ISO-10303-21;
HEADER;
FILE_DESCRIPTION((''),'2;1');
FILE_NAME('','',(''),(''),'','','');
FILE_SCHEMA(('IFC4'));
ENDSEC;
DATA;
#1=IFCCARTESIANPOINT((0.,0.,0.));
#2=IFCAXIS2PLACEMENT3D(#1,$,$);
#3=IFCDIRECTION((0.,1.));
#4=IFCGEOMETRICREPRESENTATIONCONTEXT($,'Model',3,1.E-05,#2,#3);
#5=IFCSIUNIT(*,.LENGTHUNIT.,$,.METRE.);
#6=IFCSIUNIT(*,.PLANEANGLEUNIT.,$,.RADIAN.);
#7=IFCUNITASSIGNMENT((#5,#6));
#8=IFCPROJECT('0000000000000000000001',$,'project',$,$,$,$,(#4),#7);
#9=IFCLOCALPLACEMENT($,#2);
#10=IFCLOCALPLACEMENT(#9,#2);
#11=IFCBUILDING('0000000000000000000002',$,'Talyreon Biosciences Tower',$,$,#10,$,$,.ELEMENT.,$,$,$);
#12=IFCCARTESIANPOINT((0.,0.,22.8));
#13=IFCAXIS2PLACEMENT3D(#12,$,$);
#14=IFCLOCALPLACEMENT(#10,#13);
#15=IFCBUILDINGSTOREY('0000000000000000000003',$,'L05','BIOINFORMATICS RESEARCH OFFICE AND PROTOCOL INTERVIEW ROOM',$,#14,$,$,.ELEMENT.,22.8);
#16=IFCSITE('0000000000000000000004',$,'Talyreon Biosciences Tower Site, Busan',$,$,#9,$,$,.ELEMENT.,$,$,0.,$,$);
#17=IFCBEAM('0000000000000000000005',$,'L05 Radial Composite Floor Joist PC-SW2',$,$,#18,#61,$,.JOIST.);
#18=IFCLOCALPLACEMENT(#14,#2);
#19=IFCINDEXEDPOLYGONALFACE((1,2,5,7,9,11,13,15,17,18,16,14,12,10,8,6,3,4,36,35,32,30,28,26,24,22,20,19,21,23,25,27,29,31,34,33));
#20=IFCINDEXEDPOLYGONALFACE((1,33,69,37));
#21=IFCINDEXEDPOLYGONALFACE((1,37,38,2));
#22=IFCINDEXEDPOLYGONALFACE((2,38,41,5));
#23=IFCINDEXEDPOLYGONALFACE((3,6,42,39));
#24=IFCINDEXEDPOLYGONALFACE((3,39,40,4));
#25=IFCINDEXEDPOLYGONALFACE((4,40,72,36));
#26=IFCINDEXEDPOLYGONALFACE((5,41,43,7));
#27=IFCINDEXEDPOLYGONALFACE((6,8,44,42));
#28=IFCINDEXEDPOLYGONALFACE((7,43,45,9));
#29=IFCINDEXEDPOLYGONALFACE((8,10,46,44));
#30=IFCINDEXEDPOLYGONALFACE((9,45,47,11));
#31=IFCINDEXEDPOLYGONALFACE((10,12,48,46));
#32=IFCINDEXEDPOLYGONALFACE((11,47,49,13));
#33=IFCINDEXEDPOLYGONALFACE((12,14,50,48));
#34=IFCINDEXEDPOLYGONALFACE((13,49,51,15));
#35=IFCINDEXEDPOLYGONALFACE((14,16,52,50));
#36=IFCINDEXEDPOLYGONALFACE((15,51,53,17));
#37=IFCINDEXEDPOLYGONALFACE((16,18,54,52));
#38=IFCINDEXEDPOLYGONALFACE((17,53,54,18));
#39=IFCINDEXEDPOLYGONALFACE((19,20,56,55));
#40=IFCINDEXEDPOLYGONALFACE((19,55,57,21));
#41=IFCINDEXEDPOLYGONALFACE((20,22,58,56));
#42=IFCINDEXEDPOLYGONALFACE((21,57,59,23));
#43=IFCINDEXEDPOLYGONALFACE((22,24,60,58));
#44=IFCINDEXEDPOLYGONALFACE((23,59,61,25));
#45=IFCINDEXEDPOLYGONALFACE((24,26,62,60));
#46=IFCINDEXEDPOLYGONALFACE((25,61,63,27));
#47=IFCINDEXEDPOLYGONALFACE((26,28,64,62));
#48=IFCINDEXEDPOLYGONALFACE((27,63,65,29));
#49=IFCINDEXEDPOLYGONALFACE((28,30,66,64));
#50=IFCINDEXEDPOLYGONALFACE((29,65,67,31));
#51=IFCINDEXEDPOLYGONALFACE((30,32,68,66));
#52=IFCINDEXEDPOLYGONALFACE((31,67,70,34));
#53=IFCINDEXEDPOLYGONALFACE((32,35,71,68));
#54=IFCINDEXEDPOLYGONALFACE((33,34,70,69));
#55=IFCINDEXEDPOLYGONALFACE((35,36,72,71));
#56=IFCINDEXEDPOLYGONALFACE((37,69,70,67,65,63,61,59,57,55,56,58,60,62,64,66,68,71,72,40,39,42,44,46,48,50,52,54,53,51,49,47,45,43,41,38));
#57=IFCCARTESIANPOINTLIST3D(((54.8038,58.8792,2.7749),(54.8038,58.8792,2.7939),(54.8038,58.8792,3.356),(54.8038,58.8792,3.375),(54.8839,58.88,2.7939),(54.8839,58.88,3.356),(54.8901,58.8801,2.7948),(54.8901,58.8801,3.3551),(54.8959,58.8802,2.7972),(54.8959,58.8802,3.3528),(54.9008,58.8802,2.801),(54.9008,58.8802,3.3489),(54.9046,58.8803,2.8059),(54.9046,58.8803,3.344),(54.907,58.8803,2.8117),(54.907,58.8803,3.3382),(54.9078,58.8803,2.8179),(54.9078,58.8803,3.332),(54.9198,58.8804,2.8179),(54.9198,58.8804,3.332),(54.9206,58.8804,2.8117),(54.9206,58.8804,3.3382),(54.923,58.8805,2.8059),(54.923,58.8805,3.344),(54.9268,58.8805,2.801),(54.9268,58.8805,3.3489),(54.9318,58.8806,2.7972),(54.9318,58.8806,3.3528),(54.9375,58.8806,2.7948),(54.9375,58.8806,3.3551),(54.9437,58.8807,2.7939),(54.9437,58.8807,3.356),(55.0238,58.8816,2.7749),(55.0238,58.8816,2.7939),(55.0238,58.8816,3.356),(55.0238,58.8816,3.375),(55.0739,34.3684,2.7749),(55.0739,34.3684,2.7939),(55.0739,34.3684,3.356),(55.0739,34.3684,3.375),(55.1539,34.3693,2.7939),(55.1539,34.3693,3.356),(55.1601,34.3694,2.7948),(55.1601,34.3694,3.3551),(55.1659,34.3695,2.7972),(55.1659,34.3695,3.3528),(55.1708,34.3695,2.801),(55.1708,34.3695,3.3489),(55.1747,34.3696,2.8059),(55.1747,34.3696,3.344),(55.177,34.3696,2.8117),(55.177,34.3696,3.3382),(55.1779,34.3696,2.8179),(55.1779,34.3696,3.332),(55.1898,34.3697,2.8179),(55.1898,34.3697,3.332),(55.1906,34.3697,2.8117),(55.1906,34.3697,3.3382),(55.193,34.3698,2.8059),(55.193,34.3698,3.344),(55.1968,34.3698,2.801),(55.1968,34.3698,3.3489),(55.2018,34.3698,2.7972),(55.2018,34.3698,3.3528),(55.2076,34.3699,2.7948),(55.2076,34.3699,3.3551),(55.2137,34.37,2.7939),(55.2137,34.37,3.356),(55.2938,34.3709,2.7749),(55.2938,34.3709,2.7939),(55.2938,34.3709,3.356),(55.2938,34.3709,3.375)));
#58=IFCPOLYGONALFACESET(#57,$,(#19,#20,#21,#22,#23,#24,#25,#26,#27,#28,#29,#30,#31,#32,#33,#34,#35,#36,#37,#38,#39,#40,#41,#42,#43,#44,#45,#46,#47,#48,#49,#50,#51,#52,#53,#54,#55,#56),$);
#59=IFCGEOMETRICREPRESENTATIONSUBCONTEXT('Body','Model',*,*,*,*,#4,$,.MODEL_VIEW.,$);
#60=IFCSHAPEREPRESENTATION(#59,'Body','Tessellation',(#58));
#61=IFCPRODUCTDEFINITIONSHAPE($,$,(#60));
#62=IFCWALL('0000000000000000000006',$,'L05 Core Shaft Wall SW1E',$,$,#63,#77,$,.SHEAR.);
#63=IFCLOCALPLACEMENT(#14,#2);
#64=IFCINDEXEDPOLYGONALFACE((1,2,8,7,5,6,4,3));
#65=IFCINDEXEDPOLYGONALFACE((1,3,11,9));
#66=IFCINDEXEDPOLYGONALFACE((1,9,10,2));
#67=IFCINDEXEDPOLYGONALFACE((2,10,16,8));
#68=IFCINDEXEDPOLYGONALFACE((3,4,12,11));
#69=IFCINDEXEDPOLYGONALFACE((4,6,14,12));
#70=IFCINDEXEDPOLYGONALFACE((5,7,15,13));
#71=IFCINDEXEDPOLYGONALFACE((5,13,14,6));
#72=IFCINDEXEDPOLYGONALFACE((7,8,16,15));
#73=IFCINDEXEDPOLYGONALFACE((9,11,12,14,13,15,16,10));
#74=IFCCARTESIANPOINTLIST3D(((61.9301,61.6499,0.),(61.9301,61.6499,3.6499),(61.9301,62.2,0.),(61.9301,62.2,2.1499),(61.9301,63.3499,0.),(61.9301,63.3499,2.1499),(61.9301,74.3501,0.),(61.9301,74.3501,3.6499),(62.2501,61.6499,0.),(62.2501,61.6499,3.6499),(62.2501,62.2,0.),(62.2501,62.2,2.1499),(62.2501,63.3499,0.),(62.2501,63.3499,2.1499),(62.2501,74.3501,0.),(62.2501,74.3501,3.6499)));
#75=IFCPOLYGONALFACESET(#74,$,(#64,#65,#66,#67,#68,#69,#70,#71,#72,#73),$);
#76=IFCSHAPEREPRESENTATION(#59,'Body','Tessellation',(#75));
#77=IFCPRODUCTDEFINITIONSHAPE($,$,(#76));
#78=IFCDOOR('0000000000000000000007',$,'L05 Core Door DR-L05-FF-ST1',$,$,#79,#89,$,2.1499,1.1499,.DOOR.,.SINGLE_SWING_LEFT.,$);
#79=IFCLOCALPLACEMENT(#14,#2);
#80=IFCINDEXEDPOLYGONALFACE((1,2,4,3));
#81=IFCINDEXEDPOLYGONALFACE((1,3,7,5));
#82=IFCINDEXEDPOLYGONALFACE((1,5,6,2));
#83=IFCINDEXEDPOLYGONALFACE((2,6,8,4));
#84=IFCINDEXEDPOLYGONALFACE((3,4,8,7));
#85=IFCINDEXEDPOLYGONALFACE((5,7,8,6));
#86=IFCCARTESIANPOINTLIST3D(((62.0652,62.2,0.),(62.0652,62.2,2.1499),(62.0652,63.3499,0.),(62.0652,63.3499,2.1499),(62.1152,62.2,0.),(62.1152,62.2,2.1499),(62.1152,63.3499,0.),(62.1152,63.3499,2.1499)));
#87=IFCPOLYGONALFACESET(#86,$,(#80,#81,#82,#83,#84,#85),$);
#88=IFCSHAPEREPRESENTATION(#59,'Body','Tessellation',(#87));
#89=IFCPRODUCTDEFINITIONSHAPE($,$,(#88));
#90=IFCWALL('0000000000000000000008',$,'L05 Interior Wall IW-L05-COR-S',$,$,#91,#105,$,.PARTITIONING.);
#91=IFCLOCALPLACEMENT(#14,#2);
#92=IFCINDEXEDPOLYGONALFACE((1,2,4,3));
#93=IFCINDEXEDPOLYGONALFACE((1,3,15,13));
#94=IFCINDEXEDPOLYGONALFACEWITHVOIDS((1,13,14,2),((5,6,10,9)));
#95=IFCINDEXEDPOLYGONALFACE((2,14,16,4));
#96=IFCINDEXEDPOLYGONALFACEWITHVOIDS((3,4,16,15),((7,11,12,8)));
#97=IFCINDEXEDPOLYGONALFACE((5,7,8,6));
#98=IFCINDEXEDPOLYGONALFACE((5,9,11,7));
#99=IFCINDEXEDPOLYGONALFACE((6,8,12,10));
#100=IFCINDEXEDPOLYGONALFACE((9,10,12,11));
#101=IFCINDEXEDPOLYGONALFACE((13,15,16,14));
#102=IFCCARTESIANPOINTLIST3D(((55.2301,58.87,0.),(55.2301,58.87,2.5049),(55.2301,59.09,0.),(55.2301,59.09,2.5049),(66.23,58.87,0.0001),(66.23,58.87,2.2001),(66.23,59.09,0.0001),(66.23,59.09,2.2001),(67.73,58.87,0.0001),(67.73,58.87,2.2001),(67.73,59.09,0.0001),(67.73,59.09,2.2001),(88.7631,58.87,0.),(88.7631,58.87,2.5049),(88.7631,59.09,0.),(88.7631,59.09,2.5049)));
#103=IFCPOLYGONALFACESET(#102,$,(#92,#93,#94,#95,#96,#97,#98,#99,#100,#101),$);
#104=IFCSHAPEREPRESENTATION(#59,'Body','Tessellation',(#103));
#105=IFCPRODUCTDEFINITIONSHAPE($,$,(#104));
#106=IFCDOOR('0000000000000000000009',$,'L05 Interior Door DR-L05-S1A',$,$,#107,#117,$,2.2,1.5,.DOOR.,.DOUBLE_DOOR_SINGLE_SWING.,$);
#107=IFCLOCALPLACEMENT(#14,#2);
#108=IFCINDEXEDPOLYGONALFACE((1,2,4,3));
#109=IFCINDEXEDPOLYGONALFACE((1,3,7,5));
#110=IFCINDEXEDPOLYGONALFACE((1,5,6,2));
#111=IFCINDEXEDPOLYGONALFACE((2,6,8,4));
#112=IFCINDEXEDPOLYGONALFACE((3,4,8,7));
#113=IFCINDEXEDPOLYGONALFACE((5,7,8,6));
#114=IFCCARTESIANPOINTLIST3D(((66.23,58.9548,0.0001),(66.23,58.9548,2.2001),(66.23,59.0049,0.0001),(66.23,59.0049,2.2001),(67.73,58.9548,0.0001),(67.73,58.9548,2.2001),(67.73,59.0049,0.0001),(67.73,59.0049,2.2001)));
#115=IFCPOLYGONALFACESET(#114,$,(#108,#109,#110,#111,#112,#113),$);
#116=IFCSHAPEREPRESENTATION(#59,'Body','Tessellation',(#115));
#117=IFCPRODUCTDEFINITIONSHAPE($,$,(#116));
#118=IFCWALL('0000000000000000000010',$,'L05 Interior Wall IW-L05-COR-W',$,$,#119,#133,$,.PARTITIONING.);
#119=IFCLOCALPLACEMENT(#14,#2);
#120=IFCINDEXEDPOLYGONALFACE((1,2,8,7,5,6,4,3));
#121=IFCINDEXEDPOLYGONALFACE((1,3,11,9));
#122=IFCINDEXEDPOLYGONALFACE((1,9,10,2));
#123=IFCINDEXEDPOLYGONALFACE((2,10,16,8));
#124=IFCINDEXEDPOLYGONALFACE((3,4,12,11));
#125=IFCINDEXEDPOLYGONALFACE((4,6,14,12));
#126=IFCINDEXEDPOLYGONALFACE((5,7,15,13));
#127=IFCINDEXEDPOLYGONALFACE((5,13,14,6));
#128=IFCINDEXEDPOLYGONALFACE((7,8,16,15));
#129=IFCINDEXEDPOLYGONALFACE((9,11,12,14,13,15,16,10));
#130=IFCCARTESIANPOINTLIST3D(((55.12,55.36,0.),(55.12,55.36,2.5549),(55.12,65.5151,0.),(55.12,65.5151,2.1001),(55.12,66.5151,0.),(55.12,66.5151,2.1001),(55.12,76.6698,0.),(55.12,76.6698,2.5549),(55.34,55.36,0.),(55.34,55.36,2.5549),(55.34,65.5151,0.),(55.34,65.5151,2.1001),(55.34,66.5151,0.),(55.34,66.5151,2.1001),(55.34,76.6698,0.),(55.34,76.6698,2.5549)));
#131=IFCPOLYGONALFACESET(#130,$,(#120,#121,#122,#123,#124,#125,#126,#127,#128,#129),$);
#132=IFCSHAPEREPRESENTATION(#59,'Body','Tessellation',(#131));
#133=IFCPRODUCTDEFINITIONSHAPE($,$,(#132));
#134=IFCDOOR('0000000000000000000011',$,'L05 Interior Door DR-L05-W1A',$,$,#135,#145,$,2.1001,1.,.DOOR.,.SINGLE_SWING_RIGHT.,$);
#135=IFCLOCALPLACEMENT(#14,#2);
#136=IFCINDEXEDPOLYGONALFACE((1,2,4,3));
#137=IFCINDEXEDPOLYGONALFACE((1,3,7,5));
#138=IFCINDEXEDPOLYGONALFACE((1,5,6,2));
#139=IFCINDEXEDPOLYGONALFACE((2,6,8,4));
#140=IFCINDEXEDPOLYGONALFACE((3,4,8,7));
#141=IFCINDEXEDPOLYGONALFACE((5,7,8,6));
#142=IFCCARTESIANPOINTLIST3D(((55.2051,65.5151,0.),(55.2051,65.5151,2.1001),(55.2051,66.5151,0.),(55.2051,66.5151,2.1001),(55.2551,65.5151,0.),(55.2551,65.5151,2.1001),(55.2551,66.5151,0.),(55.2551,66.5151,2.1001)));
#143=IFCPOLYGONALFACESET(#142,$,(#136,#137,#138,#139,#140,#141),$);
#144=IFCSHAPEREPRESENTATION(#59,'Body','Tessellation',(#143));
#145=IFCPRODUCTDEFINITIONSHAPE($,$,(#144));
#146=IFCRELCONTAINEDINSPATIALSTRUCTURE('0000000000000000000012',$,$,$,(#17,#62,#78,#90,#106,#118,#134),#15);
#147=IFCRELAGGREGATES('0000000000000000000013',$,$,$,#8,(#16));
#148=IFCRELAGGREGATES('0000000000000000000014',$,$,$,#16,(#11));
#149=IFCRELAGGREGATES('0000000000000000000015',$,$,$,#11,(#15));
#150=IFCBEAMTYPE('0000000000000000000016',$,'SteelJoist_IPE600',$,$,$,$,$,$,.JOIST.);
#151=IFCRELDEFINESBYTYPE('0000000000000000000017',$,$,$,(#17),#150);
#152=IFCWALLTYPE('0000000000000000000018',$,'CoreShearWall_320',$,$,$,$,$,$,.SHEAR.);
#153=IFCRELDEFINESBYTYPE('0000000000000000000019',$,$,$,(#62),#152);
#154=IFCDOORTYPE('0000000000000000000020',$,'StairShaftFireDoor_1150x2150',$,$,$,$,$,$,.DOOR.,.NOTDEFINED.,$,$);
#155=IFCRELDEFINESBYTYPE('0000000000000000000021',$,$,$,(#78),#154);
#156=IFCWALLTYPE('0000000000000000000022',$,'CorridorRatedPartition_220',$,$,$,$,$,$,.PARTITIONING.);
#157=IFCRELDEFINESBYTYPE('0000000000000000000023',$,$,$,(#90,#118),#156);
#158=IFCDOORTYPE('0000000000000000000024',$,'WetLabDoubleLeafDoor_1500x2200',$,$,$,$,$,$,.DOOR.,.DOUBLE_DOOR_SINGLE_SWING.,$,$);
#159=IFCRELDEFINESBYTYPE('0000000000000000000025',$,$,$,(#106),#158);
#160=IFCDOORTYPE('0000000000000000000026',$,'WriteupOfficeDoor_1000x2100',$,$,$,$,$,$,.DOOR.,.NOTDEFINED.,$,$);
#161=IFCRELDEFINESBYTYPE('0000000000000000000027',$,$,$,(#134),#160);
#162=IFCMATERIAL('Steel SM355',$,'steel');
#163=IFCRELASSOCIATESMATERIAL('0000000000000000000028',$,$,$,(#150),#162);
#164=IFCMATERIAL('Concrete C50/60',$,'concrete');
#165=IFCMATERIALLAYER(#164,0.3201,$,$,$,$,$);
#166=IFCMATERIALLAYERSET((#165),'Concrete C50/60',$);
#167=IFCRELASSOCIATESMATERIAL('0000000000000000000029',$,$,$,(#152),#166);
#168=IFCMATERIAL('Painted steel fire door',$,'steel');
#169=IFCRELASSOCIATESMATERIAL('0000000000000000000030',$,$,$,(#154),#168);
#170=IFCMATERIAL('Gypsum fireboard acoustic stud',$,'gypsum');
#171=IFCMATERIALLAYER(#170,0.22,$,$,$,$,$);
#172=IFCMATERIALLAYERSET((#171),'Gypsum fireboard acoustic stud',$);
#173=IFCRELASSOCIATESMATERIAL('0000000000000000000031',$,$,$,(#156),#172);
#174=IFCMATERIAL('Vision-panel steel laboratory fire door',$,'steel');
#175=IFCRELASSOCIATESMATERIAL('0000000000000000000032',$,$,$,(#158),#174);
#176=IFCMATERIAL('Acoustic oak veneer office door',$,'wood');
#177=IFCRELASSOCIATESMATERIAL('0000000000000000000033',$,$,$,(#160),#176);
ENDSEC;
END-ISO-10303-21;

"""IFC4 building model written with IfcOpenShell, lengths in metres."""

from ifc_helpers import new_model, si_unit, direction, frame, frame_2d, origin, origin_2d, place, context, subcontext, project, spatial, rectangle, i_section, extrude, material, layer, layer_set, material_profile, profile_set, type_object, element, fill, save


model = new_model("IFC4")

# Units and contexts
model_context = context("Model", 3, precision=1e-05, world=origin(), true_north=direction((0.0, 1.0)))
body_context = subcontext(model_context, "Body", "Model", "MODEL_VIEW")
ifc_project = project(units=[si_unit("LENGTHUNIT", "METRE"), si_unit("PLANEANGLEUNIT", "RADIAN")], contexts=[model_context])

# Site, building, storey
site_placement = place(None, origin())
site = spatial("IfcSite", under=ifc_project, at=site_placement, Name="Talyreon Biosciences Tower Site, Busan", CompositionType="ELEMENT", RefElevation=0.0)
building_placement = place(site_placement, origin())
building = spatial("IfcBuilding", under=site, at=building_placement, Name="Talyreon Biosciences Tower", CompositionType="ELEMENT")
storey_placement = place(building_placement, frame((0.0, 0.0, 22.8)))
storey = spatial("IfcBuildingStorey", under=building, at=storey_placement, Name="L05", Description="BIOINFORMATICS RESEARCH OFFICE AND PROTOCOL INTERVIEW ROOM", CompositionType="ELEMENT", Elevation=22.8)

# Beam
ifc_material_1 = material(Name="Steel SM355", Category="steel")
ifc_material_profile_1 = material_profile(ifc_material_1, i_section(OverallWidth=0.22, OverallDepth=0.6001, WebThickness=0.012, FlangeThickness=0.019, FilletRadius=0.0239, at=origin_2d()), Name="IPE600")
ifc_profile_set_1 = profile_set([ifc_material_profile_1], Name="Steel SM355")
beam_type_1 = type_object("IfcBeamType", Name="SteelJoist_IPE600", PredefinedType="JOIST", material=ifc_profile_set_1)
beam_1_placement = place(storey_placement, frame((54.9138, 58.8804, 3.075), z_axis=(0.011016, -0.999939, 0.0), x_axis=(0.999939, 0.011016, 0.0)))
element("IfcBeam", 1, at=beam_1_placement, inside=storey, type_object=beam_type_1, Name="L05 Radial Composite Floor Joist PC-SW2", PredefinedType="JOIST", context=body_context, shape_type="SweptSolid", body=[
    extrude(i_section(OverallWidth=0.22, OverallDepth=0.6001, WebThickness=0.012, FlangeThickness=0.019, FilletRadius=0.0239, at=origin_2d()), origin(), (0.0, 0.0, 1.0), 24.5122),
])

# Wall, opening, door
ifc_material_2 = material(Name="Concrete C50/60", Category="concrete")
ifc_layer_1 = layer(ifc_material_2, 0.3201)
ifc_layer_set_1 = layer_set([ifc_layer_1], Name="Concrete C50/60")
wall_type_1 = type_object("IfcWallType", Name="CoreShearWall_320", PredefinedType="SHEAR", material=ifc_layer_set_1)
wall_1_placement = place(storey_placement, frame((62.0901, 61.6499, 0.0), z_axis=(0.0, 0.0, 1.0), x_axis=(0.0, 1.0, 0.0)))
wall_1 = element("IfcWall", 2, at=wall_1_placement, inside=storey, type_object=wall_type_1, Name="L05 Core Shaft Wall SW1E", PredefinedType="SHEAR", context=body_context, shape_type="SweptSolid", body=[
    extrude(rectangle(XDim=12.7002, YDim=0.3201, at=frame_2d((6.3501, 0.0))), origin(), (0.0, 0.0, 1.0), 3.6499),
])
opening_1_placement = place(wall_1_placement, frame((0.55, 0.0, 0.0)))
opening_1 = element("IfcOpeningElement", 3, at=opening_1_placement, cuts=wall_1, PredefinedType="OPENING", context=body_context, shape_type="SweptSolid", body=[
    extrude(rectangle(XDim=1.1499, YDim=2.1499, at=frame_2d((0.575, 1.075))), frame((0.0, 0.1699, 0.0), z_axis=(0.0, -1.0, 0.0), x_axis=(1.0, 0.0, 0.0)), (0.0, 0.0, 1.0), 0.3401),
])
ifc_material_3 = material(Name="Painted steel fire door", Category="steel")
door_type_1 = type_object("IfcDoorType", Name="StairShaftFireDoor_1150x2150", OperationType="NOTDEFINED", PredefinedType="DOOR", material=ifc_material_3)
door_1_placement = place(opening_1_placement, origin())
door_1 = element("IfcDoor", 4, at=door_1_placement, inside=storey, type_object=door_type_1, Name="L05 Core Door DR-L05-FF-ST1", OperationType="SINGLE_SWING_LEFT", OverallHeight=2.1499, OverallWidth=1.1499, PredefinedType="DOOR", context=body_context, shape_type="SweptSolid", body=[
    extrude(rectangle(XDim=1.1499, YDim=2.1499, at=frame_2d((0.575, 1.075))), frame((0.0, 0.0249, 0.0), z_axis=(0.0, -1.0, 0.0), x_axis=(1.0, 0.0, 0.0)), (0.0, 0.0, 1.0), 0.05),
])
fill(opening_1, door_1)

# Walls, openings, doors
ifc_material_4 = material(Name="Gypsum fireboard acoustic stud", Category="gypsum")
ifc_layer_2 = layer(ifc_material_4, 0.22)
ifc_layer_set_2 = layer_set([ifc_layer_2], Name="Gypsum fireboard acoustic stud")
wall_type_2 = type_object("IfcWallType", Name="CorridorRatedPartition_220", PredefinedType="PARTITIONING", material=ifc_layer_set_2)
wall_2_placement = place(storey_placement, frame((55.23, 58.98, 0.0), z_axis=(0.0, 0.0, 1.0), x_axis=(1.0, 0.0, 0.0)))
wall_2 = element("IfcWall", 5, at=wall_2_placement, inside=storey, type_object=wall_type_2, Name="L05 Interior Wall IW-L05-COR-S", PredefinedType="PARTITIONING", context=body_context, shape_type="SweptSolid", body=[
    extrude(rectangle(XDim=33.533, YDim=0.22, at=frame_2d((16.7666, 0.0))), origin(), (0.0, 0.0, 1.0), 2.5049),
])
opening_2_placement = place(wall_2_placement, frame((11.0, 0.0, 0.0)))
opening_2 = element("IfcOpeningElement", 6, at=opening_2_placement, cuts=wall_2, PredefinedType="OPENING", context=body_context, shape_type="SweptSolid", body=[
    extrude(rectangle(XDim=1.5, YDim=2.2, at=frame_2d((0.75, 1.1001))), frame((0.0, 0.1199, 0.0), z_axis=(0.0, -1.0, 0.0), x_axis=(1.0, 0.0, 0.0)), (0.0, 0.0, 1.0), 0.24),
])
ifc_material_5 = material(Name="Vision-panel steel laboratory fire door", Category="steel")
door_type_2 = type_object("IfcDoorType", Name="WetLabDoubleLeafDoor_1500x2200", OperationType="DOUBLE_DOOR_SINGLE_SWING", PredefinedType="DOOR", material=ifc_material_5)
door_2_placement = place(opening_2_placement, origin())
door_2 = element("IfcDoor", 7, at=door_2_placement, inside=storey, type_object=door_type_2, Name="L05 Interior Door DR-L05-S1A", OperationType="DOUBLE_DOOR_SINGLE_SWING", OverallHeight=2.2, OverallWidth=1.5, PredefinedType="DOOR", context=body_context, shape_type="SweptSolid", body=[
    extrude(rectangle(XDim=1.5, YDim=2.2, at=frame_2d((0.75, 1.1001))), frame((0.0, 0.0249, 0.0), z_axis=(0.0, -1.0, 0.0), x_axis=(1.0, 0.0, 0.0)), (0.0, 0.0, 1.0), 0.05),
])
fill(opening_2, door_2)
wall_3_placement = place(storey_placement, frame((55.23, 55.3601, 0.0), z_axis=(0.0, 0.0, 1.0), x_axis=(0.0, 1.0, 0.0)))
wall_3 = element("IfcWall", 8, at=wall_3_placement, inside=storey, type_object=wall_type_2, Name="L05 Interior Wall IW-L05-COR-W", PredefinedType="PARTITIONING", context=body_context, shape_type="SweptSolid", body=[
    extrude(rectangle(XDim=21.3098, YDim=0.22, at=frame_2d((10.6548, 0.0))), origin(), (0.0, 0.0, 1.0), 2.5549),
])
opening_3_placement = place(wall_3_placement, frame((10.155, 0.0, 0.0)))
opening_3 = element("IfcOpeningElement", 9, at=opening_3_placement, cuts=wall_3, PredefinedType="OPENING", context=body_context, shape_type="SweptSolid", body=[
    extrude(rectangle(XDim=1.0, YDim=2.1001, at=frame_2d((0.5, 1.05))), frame((0.0, 0.1199, 0.0), z_axis=(0.0, -1.0, 0.0), x_axis=(1.0, 0.0, 0.0)), (0.0, 0.0, 1.0), 0.24),
])
ifc_material_6 = material(Name="Acoustic oak veneer office door", Category="wood")
door_type_3 = type_object("IfcDoorType", Name="WriteupOfficeDoor_1000x2100", OperationType="NOTDEFINED", PredefinedType="DOOR", material=ifc_material_6)
door_3_placement = place(opening_3_placement, origin())
door_3 = element("IfcDoor", 10, at=door_3_placement, inside=storey, type_object=door_type_3, Name="L05 Interior Door DR-L05-W1A", OperationType="SINGLE_SWING_RIGHT", OverallHeight=2.1001, OverallWidth=1.0, PredefinedType="DOOR", context=body_context, shape_type="SweptSolid", body=[
    extrude(rectangle(XDim=1.0, YDim=2.1001, at=frame_2d((0.5, 1.05))), frame((0.0, 0.0249, 0.0), z_axis=(0.0, -1.0, 0.0), x_axis=(1.0, 0.0, 0.0)), (0.0, 0.0, 1.0), 0.05),
])
fill(opening_3, door_3)

save(model, "model.ifc")
